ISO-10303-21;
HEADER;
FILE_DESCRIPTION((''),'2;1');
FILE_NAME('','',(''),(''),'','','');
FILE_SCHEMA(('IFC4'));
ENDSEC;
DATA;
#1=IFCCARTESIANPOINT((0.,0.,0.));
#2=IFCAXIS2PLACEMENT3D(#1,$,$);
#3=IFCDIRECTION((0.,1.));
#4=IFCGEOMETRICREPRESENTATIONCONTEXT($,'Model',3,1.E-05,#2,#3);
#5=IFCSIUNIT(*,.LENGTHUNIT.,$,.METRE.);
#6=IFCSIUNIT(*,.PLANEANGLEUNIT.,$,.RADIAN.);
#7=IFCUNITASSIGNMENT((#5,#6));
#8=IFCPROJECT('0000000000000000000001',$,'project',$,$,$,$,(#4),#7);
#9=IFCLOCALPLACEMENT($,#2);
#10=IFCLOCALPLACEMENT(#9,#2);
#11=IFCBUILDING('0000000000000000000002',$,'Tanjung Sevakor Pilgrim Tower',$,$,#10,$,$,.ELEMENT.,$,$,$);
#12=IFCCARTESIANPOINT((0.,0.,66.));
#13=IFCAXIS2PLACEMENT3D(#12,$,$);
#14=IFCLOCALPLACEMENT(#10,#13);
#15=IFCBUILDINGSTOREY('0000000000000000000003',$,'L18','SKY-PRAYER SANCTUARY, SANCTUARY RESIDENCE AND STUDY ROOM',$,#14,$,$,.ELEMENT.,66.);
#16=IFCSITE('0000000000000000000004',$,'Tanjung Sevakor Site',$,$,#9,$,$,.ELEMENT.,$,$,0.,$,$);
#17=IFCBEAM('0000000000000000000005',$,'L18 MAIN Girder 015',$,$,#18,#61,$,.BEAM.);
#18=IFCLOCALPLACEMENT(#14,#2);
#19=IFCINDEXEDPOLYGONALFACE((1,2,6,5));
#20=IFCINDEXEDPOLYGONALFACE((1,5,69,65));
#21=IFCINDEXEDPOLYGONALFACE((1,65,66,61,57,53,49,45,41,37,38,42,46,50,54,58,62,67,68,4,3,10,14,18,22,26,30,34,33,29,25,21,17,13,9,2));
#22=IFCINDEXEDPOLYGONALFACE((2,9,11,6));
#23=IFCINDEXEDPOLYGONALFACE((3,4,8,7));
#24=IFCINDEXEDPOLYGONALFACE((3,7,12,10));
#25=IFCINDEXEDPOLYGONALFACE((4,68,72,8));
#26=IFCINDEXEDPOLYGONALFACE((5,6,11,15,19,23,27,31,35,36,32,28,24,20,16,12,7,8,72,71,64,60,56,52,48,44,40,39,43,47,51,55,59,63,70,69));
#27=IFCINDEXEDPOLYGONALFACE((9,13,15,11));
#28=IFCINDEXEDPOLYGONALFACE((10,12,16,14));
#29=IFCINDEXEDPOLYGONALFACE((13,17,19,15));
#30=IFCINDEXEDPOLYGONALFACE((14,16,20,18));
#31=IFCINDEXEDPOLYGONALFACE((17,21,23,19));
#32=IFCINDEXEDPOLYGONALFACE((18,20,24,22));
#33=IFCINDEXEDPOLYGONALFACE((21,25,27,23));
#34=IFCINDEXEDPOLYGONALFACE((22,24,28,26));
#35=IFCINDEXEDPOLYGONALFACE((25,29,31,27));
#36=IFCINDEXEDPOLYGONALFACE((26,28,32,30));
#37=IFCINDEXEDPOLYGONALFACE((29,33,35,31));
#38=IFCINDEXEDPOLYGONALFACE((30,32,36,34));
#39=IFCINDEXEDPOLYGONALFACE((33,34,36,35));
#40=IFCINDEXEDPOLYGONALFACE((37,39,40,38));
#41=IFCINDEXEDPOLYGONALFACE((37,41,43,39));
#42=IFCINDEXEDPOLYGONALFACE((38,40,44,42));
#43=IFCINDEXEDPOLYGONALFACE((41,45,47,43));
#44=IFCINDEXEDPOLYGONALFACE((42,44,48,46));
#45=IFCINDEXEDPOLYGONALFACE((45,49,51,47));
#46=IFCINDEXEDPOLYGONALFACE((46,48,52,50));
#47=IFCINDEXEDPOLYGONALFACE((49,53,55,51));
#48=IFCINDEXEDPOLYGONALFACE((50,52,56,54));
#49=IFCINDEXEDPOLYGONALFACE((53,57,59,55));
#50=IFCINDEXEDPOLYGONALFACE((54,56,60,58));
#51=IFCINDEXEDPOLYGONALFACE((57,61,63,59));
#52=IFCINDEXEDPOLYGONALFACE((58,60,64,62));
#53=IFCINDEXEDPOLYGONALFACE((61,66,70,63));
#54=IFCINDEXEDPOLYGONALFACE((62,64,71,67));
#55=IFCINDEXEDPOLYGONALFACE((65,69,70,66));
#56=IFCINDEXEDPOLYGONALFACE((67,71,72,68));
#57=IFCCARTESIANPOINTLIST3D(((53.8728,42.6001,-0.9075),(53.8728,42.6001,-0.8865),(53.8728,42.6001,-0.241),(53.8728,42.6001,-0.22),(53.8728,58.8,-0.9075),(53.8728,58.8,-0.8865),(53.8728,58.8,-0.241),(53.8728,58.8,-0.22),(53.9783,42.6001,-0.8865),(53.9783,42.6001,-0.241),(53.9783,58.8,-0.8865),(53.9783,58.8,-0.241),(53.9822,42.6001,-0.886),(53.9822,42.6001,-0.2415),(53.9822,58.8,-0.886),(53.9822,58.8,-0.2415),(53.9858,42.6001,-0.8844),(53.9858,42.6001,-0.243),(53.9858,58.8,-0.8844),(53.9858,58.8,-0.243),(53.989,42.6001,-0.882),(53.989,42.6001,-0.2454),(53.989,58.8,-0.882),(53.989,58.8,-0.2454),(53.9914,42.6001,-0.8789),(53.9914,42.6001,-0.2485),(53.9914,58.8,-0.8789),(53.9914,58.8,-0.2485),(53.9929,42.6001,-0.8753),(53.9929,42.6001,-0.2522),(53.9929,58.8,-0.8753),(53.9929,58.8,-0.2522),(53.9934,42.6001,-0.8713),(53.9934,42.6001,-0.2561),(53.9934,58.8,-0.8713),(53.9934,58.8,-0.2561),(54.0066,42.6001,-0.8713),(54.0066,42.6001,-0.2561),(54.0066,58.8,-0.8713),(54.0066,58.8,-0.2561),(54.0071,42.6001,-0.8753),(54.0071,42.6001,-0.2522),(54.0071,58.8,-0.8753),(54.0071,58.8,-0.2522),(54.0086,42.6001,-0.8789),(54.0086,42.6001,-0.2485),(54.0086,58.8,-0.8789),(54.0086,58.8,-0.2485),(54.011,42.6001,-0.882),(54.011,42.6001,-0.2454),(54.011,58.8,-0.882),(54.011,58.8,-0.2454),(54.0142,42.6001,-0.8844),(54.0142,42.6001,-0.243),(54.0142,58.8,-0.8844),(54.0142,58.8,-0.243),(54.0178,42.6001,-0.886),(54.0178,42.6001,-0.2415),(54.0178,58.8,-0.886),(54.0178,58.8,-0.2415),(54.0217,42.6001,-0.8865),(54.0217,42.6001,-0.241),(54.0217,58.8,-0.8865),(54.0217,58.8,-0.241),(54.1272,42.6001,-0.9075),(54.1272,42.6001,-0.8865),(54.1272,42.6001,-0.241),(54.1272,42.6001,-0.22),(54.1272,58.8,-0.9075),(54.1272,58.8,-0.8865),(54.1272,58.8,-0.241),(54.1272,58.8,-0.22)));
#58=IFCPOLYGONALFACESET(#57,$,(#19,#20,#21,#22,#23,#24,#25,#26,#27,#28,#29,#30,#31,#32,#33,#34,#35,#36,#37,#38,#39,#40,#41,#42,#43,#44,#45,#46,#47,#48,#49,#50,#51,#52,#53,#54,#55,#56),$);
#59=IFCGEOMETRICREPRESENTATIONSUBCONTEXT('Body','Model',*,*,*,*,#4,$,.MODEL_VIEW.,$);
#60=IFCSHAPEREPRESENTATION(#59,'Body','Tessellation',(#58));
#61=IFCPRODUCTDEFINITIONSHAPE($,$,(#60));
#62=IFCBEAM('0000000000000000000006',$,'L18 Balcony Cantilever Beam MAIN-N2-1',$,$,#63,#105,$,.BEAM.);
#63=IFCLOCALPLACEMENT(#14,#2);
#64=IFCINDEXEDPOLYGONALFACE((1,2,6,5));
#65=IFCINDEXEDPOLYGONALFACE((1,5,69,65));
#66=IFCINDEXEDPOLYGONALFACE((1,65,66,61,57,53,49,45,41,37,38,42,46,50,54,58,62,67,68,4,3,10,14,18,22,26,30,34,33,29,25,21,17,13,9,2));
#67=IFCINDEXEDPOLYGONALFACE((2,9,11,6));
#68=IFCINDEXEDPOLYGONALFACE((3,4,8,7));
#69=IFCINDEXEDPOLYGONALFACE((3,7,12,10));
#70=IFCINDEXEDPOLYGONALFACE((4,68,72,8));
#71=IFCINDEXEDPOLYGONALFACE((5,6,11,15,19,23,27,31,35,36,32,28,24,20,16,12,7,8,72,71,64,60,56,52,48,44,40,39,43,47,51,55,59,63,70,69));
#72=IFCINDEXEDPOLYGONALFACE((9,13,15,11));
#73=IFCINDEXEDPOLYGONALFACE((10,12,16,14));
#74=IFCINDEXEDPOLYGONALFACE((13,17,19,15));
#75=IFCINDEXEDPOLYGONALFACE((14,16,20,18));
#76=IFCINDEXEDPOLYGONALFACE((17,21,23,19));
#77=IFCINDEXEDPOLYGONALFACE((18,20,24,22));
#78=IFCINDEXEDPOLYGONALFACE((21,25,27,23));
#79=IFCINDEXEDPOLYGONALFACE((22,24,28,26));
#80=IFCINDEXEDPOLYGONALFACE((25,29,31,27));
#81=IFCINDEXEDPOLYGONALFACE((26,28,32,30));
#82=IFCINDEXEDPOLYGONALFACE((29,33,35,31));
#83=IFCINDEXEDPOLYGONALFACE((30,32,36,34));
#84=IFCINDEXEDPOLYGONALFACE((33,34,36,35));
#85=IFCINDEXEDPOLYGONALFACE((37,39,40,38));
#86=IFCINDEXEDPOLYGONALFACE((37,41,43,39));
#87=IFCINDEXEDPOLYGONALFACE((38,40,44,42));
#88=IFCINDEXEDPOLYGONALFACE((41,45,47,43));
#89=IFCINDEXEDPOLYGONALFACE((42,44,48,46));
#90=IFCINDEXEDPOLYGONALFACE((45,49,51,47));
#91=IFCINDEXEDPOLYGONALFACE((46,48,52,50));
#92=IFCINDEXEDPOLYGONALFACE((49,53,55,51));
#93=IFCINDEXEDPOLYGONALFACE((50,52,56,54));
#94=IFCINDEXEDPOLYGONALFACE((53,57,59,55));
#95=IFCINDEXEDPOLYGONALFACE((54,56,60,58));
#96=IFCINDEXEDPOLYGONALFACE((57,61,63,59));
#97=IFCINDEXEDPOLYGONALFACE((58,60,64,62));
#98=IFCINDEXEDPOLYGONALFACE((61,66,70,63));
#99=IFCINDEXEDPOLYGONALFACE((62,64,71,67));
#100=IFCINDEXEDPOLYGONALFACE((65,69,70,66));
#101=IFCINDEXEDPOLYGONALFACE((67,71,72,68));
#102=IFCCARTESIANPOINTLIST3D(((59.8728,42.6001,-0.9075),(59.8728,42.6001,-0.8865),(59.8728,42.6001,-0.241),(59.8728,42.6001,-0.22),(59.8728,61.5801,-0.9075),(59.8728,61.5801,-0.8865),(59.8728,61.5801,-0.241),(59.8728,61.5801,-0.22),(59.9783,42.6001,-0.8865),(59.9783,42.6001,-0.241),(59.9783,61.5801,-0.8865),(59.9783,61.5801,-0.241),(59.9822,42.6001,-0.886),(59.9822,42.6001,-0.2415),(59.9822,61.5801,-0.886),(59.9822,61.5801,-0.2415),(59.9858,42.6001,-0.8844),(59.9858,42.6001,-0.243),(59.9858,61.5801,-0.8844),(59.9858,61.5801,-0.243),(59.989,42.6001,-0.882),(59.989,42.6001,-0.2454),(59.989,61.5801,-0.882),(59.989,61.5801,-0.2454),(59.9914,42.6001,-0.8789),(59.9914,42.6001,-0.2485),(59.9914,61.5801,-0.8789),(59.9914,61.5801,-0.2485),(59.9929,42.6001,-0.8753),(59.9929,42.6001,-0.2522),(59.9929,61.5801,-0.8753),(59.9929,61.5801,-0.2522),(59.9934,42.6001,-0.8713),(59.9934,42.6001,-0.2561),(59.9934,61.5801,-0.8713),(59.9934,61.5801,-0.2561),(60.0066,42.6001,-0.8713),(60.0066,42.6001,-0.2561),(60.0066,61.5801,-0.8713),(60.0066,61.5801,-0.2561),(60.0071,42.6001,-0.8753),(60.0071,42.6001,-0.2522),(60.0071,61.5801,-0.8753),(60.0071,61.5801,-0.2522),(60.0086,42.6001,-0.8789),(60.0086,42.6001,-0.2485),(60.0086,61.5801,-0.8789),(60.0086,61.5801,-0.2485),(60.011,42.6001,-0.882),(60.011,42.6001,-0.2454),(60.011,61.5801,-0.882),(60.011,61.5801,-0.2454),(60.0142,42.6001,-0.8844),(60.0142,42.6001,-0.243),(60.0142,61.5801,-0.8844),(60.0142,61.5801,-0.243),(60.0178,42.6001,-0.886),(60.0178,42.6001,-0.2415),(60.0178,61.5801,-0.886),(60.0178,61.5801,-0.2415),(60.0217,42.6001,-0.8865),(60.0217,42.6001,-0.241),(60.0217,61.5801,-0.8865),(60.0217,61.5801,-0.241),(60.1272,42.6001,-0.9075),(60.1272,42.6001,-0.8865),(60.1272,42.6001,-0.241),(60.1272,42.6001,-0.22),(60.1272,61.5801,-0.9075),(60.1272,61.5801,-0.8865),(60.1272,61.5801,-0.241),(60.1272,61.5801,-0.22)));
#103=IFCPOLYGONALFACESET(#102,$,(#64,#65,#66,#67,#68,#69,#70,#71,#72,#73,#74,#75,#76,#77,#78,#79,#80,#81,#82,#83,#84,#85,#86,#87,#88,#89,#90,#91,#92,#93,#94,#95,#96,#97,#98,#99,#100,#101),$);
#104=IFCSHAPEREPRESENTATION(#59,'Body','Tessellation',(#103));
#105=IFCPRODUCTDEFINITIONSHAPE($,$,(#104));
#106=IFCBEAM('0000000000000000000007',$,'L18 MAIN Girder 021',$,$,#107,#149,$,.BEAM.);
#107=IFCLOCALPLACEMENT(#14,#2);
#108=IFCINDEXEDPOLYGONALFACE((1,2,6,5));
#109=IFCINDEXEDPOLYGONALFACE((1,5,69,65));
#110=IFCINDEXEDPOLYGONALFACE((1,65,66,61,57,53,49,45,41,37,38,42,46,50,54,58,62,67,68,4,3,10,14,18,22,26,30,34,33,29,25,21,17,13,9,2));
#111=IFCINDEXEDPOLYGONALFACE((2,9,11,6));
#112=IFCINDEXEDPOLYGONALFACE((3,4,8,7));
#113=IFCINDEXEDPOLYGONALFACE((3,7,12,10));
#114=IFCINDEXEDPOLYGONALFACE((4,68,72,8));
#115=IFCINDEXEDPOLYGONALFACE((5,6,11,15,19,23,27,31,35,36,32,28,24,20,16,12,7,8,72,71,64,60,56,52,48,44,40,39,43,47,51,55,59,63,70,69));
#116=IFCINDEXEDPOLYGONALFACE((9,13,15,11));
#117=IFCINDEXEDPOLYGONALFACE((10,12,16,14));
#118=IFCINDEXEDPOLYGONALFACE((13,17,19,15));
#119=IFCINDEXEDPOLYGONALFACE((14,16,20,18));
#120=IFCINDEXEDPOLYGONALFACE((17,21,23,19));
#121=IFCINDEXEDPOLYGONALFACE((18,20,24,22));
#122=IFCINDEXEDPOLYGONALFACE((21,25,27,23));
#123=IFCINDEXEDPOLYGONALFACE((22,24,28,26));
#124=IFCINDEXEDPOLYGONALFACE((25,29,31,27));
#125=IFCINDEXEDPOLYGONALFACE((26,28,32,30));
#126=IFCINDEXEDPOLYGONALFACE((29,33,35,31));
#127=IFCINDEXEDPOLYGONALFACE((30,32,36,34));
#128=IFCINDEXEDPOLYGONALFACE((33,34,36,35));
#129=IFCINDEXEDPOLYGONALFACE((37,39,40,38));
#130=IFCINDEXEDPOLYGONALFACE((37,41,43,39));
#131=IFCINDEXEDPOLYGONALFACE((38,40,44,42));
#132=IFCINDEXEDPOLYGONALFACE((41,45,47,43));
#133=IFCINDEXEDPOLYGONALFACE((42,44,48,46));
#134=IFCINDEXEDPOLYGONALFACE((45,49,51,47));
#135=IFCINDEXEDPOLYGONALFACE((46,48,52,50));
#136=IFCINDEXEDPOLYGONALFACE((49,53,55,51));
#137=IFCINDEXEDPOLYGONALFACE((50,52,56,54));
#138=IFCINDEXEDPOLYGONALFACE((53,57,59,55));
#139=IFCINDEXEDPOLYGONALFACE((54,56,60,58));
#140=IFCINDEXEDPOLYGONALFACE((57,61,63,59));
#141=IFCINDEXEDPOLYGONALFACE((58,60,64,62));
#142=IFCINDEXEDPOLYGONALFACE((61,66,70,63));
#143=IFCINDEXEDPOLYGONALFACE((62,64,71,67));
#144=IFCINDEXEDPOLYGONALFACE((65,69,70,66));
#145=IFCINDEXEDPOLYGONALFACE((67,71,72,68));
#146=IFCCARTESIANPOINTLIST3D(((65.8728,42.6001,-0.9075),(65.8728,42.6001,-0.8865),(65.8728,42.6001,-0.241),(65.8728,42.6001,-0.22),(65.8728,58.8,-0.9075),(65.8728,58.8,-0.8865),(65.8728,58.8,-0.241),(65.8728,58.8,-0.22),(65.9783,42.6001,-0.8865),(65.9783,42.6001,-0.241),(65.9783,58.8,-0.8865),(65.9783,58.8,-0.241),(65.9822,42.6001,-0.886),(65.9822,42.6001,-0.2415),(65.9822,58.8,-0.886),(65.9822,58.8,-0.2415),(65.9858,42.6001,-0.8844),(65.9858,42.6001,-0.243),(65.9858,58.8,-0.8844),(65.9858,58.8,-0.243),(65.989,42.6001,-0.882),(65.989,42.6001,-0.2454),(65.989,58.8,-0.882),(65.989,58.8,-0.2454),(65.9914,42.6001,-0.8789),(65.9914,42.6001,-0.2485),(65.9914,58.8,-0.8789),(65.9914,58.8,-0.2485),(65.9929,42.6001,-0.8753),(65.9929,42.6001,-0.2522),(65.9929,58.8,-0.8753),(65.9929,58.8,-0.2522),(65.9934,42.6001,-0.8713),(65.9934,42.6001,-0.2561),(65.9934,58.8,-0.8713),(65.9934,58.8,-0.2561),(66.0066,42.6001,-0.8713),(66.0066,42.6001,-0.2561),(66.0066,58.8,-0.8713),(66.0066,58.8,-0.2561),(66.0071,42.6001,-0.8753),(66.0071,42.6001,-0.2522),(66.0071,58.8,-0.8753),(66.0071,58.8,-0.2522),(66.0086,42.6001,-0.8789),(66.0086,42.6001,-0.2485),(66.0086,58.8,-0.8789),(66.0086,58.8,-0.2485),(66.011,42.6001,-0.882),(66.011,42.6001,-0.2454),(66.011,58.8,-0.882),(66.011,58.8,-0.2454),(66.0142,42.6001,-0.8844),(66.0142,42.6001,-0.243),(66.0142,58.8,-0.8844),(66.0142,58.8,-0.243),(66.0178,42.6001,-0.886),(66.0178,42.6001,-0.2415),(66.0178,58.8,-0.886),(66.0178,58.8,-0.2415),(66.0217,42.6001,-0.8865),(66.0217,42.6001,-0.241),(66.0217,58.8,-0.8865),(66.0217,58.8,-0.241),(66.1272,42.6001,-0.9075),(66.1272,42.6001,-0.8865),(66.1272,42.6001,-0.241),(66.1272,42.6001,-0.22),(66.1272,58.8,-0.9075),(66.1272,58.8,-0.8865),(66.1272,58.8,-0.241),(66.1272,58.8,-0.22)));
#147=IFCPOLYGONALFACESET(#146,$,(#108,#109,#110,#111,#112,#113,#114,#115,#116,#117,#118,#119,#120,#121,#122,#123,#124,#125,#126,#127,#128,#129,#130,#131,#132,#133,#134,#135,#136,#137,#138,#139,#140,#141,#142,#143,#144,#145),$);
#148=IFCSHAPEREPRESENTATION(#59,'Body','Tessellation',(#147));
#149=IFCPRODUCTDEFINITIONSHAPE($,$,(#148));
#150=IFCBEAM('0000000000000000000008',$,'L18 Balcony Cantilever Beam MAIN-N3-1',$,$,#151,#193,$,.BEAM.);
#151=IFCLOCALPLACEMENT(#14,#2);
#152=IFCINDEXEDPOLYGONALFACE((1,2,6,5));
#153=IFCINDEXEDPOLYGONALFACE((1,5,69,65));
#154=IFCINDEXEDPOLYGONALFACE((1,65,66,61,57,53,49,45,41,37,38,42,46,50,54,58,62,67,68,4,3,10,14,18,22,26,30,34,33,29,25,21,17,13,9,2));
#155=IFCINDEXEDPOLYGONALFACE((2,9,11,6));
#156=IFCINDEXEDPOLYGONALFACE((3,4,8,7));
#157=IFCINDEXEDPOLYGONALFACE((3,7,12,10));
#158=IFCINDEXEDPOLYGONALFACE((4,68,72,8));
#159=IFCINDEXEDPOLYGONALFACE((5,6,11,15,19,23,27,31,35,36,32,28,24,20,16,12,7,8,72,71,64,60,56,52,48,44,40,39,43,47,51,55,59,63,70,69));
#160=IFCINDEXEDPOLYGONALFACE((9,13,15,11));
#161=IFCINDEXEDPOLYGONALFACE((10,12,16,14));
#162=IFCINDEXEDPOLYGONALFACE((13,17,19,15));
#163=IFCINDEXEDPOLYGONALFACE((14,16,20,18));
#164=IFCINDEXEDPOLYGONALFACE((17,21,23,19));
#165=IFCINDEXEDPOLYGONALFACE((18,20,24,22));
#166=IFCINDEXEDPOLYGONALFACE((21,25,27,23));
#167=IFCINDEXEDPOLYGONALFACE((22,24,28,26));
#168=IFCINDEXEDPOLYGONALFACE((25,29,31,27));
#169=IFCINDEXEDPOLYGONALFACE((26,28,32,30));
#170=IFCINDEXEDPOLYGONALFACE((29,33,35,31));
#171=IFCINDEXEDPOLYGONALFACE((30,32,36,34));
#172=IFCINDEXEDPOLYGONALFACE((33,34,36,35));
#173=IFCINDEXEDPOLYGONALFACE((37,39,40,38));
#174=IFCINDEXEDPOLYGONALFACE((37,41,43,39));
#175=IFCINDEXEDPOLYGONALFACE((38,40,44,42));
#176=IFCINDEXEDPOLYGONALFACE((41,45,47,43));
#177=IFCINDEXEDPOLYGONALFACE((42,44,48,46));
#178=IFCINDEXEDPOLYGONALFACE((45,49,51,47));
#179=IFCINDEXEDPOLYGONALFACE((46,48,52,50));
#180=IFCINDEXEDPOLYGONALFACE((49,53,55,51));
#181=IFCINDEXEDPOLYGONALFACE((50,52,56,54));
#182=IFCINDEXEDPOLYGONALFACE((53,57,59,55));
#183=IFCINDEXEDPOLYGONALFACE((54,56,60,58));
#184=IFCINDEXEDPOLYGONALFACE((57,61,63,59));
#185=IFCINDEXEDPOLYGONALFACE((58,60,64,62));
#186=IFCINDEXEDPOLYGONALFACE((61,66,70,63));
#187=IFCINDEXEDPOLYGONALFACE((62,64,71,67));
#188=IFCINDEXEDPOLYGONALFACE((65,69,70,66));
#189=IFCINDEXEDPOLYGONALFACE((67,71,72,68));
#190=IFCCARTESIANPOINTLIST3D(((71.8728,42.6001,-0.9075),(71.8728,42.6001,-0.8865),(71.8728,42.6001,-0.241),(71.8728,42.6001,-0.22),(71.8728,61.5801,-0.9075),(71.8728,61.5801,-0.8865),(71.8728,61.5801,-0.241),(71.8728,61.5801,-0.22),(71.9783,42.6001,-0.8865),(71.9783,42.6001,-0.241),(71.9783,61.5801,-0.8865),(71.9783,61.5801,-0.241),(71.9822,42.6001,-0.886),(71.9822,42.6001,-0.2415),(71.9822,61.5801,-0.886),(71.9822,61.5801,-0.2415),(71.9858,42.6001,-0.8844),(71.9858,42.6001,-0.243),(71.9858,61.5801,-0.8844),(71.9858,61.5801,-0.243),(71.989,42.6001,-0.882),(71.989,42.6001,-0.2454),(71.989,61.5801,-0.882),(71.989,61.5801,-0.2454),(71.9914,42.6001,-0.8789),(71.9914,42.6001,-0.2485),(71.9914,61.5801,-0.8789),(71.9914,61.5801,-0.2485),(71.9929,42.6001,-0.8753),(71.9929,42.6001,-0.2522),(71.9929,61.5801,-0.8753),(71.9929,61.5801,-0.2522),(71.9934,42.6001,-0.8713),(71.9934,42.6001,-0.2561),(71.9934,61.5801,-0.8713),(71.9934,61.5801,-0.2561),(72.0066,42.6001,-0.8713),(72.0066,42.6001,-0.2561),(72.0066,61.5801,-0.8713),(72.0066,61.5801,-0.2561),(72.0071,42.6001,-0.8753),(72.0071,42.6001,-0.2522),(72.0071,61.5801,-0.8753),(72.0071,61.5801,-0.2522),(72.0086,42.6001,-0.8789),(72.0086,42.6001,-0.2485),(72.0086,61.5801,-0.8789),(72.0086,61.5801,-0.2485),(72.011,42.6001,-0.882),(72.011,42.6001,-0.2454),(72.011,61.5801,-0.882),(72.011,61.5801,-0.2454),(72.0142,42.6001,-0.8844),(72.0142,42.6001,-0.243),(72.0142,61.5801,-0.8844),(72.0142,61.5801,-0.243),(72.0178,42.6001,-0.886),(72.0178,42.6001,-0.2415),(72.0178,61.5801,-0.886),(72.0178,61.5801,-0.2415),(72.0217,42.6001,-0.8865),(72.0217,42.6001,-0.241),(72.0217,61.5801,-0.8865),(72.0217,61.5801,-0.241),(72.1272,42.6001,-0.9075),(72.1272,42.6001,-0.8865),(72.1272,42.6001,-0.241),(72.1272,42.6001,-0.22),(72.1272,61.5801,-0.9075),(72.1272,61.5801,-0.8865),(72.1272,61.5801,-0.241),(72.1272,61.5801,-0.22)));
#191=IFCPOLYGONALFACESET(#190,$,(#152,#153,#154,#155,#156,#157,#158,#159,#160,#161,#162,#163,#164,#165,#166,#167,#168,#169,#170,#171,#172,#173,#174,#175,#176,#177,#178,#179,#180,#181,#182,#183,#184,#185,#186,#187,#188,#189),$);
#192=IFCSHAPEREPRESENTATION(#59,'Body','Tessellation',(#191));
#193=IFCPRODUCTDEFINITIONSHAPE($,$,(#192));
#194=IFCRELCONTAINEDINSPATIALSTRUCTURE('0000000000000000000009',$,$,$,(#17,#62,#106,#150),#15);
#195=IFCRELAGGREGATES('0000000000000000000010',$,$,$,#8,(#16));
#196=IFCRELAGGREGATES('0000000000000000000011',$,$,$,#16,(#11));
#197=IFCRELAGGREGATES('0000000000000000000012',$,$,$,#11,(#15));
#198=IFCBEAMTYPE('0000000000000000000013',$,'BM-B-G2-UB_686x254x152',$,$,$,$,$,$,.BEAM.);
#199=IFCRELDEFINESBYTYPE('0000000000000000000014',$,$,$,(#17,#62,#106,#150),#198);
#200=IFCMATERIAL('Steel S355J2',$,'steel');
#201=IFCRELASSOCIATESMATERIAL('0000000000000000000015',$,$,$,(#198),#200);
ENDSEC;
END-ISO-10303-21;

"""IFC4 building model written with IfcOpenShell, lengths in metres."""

from ifc_helpers import new_model, si_unit, direction, frame, origin, origin_2d, place, context, subcontext, project, spatial, i_section, extrude, material, material_profile, profile_set, type_object, element, save


model = new_model("IFC4")

# Units and contexts
model_context = context("Model", 3, precision=1e-05, world=origin(), true_north=direction((0.0, 1.0)))
body_context = subcontext(model_context, "Body", "Model", "MODEL_VIEW")
ifc_project = project(units=[si_unit("LENGTHUNIT", "METRE"), si_unit("PLANEANGLEUNIT", "RADIAN")], contexts=[model_context])

# Site, building, storey
site_placement = place(None, origin())
site = spatial("IfcSite", under=ifc_project, at=site_placement, Name="Tanjung Sevakor Site", CompositionType="ELEMENT", RefElevation=0.0)
building_placement = place(site_placement, origin())
building = spatial("IfcBuilding", under=site, at=building_placement, Name="Tanjung Sevakor Pilgrim Tower", CompositionType="ELEMENT")
storey_placement = place(building_placement, frame((0.0, 0.0, 66.0)))
storey = spatial("IfcBuildingStorey", under=building, at=storey_placement, Name="L18", Description="SKY-PRAYER SANCTUARY, SANCTUARY RESIDENCE AND STUDY ROOM", CompositionType="ELEMENT", Elevation=66.0)

# Beams
ifc_material_1 = material(Name="Steel S355J2", Category="steel")
ifc_material_profile_1 = material_profile(ifc_material_1, i_section(OverallWidth=0.2544, OverallDepth=0.6875, WebThickness=0.0132, FlangeThickness=0.021, FilletRadius=0.0151, at=origin_2d()))
ifc_profile_set_1 = profile_set([ifc_material_profile_1], Name="Steel S355J2")
beam_type_1 = type_object("IfcBeamType", Name="BM-B-G2-UB_686x254x152", PredefinedType="BEAM", material=ifc_profile_set_1)
beam_1_placement = place(storey_placement, frame((54.0, 42.6001, -0.5637), z_axis=(0.0, 1.0, 0.0), x_axis=(-1.0, 0.0, 0.0)))
element("IfcBeam", 1, at=beam_1_placement, inside=storey, type_object=beam_type_1, Name="L18 MAIN Girder 015", PredefinedType="BEAM", context=body_context, shape_type="SweptSolid", body=[
    extrude(i_section(OverallWidth=0.2544, OverallDepth=0.6875, WebThickness=0.0132, FlangeThickness=0.021, FilletRadius=0.0151, at=origin_2d()), origin(), (0.0, 0.0, 1.0), 16.2),
])
beam_2_placement = place(storey_placement, frame((60.0, 42.6001, -0.5637), z_axis=(0.0, 1.0, 0.0), x_axis=(-1.0, 0.0, 0.0)))
element("IfcBeam", 2, at=beam_2_placement, inside=storey, type_object=beam_type_1, Name="L18 Balcony Cantilever Beam MAIN-N2-1", PredefinedType="BEAM", context=body_context, shape_type="SweptSolid", body=[
    extrude(i_section(OverallWidth=0.2544, OverallDepth=0.6875, WebThickness=0.0132, FlangeThickness=0.021, FilletRadius=0.0151, at=origin_2d()), origin(), (0.0, 0.0, 1.0), 18.98),
])
beam_3_placement = place(storey_placement, frame((66.0, 42.6001, -0.5637), z_axis=(0.0, 1.0, 0.0), x_axis=(-1.0, 0.0, 0.0)))
element("IfcBeam", 3, at=beam_3_placement, inside=storey, type_object=beam_type_1, Name="L18 MAIN Girder 021", PredefinedType="BEAM", context=body_context, shape_type="SweptSolid", body=[
    extrude(i_section(OverallWidth=0.2544, OverallDepth=0.6875, WebThickness=0.0132, FlangeThickness=0.021, FilletRadius=0.0151, at=origin_2d()), origin(), (0.0, 0.0, 1.0), 16.2),
])
beam_4_placement = place(storey_placement, frame((72.0, 42.6001, -0.5637), z_axis=(0.0, 1.0, 0.0), x_axis=(-1.0, 0.0, 0.0)))
element("IfcBeam", 4, at=beam_4_placement, inside=storey, type_object=beam_type_1, Name="L18 Balcony Cantilever Beam MAIN-N3-1", PredefinedType="BEAM", context=body_context, shape_type="SweptSolid", body=[
    extrude(i_section(OverallWidth=0.2544, OverallDepth=0.6875, WebThickness=0.0132, FlangeThickness=0.021, FilletRadius=0.0151, at=origin_2d()), origin(), (0.0, 0.0, 1.0), 18.98),
])

save(model, "model.ifc")
